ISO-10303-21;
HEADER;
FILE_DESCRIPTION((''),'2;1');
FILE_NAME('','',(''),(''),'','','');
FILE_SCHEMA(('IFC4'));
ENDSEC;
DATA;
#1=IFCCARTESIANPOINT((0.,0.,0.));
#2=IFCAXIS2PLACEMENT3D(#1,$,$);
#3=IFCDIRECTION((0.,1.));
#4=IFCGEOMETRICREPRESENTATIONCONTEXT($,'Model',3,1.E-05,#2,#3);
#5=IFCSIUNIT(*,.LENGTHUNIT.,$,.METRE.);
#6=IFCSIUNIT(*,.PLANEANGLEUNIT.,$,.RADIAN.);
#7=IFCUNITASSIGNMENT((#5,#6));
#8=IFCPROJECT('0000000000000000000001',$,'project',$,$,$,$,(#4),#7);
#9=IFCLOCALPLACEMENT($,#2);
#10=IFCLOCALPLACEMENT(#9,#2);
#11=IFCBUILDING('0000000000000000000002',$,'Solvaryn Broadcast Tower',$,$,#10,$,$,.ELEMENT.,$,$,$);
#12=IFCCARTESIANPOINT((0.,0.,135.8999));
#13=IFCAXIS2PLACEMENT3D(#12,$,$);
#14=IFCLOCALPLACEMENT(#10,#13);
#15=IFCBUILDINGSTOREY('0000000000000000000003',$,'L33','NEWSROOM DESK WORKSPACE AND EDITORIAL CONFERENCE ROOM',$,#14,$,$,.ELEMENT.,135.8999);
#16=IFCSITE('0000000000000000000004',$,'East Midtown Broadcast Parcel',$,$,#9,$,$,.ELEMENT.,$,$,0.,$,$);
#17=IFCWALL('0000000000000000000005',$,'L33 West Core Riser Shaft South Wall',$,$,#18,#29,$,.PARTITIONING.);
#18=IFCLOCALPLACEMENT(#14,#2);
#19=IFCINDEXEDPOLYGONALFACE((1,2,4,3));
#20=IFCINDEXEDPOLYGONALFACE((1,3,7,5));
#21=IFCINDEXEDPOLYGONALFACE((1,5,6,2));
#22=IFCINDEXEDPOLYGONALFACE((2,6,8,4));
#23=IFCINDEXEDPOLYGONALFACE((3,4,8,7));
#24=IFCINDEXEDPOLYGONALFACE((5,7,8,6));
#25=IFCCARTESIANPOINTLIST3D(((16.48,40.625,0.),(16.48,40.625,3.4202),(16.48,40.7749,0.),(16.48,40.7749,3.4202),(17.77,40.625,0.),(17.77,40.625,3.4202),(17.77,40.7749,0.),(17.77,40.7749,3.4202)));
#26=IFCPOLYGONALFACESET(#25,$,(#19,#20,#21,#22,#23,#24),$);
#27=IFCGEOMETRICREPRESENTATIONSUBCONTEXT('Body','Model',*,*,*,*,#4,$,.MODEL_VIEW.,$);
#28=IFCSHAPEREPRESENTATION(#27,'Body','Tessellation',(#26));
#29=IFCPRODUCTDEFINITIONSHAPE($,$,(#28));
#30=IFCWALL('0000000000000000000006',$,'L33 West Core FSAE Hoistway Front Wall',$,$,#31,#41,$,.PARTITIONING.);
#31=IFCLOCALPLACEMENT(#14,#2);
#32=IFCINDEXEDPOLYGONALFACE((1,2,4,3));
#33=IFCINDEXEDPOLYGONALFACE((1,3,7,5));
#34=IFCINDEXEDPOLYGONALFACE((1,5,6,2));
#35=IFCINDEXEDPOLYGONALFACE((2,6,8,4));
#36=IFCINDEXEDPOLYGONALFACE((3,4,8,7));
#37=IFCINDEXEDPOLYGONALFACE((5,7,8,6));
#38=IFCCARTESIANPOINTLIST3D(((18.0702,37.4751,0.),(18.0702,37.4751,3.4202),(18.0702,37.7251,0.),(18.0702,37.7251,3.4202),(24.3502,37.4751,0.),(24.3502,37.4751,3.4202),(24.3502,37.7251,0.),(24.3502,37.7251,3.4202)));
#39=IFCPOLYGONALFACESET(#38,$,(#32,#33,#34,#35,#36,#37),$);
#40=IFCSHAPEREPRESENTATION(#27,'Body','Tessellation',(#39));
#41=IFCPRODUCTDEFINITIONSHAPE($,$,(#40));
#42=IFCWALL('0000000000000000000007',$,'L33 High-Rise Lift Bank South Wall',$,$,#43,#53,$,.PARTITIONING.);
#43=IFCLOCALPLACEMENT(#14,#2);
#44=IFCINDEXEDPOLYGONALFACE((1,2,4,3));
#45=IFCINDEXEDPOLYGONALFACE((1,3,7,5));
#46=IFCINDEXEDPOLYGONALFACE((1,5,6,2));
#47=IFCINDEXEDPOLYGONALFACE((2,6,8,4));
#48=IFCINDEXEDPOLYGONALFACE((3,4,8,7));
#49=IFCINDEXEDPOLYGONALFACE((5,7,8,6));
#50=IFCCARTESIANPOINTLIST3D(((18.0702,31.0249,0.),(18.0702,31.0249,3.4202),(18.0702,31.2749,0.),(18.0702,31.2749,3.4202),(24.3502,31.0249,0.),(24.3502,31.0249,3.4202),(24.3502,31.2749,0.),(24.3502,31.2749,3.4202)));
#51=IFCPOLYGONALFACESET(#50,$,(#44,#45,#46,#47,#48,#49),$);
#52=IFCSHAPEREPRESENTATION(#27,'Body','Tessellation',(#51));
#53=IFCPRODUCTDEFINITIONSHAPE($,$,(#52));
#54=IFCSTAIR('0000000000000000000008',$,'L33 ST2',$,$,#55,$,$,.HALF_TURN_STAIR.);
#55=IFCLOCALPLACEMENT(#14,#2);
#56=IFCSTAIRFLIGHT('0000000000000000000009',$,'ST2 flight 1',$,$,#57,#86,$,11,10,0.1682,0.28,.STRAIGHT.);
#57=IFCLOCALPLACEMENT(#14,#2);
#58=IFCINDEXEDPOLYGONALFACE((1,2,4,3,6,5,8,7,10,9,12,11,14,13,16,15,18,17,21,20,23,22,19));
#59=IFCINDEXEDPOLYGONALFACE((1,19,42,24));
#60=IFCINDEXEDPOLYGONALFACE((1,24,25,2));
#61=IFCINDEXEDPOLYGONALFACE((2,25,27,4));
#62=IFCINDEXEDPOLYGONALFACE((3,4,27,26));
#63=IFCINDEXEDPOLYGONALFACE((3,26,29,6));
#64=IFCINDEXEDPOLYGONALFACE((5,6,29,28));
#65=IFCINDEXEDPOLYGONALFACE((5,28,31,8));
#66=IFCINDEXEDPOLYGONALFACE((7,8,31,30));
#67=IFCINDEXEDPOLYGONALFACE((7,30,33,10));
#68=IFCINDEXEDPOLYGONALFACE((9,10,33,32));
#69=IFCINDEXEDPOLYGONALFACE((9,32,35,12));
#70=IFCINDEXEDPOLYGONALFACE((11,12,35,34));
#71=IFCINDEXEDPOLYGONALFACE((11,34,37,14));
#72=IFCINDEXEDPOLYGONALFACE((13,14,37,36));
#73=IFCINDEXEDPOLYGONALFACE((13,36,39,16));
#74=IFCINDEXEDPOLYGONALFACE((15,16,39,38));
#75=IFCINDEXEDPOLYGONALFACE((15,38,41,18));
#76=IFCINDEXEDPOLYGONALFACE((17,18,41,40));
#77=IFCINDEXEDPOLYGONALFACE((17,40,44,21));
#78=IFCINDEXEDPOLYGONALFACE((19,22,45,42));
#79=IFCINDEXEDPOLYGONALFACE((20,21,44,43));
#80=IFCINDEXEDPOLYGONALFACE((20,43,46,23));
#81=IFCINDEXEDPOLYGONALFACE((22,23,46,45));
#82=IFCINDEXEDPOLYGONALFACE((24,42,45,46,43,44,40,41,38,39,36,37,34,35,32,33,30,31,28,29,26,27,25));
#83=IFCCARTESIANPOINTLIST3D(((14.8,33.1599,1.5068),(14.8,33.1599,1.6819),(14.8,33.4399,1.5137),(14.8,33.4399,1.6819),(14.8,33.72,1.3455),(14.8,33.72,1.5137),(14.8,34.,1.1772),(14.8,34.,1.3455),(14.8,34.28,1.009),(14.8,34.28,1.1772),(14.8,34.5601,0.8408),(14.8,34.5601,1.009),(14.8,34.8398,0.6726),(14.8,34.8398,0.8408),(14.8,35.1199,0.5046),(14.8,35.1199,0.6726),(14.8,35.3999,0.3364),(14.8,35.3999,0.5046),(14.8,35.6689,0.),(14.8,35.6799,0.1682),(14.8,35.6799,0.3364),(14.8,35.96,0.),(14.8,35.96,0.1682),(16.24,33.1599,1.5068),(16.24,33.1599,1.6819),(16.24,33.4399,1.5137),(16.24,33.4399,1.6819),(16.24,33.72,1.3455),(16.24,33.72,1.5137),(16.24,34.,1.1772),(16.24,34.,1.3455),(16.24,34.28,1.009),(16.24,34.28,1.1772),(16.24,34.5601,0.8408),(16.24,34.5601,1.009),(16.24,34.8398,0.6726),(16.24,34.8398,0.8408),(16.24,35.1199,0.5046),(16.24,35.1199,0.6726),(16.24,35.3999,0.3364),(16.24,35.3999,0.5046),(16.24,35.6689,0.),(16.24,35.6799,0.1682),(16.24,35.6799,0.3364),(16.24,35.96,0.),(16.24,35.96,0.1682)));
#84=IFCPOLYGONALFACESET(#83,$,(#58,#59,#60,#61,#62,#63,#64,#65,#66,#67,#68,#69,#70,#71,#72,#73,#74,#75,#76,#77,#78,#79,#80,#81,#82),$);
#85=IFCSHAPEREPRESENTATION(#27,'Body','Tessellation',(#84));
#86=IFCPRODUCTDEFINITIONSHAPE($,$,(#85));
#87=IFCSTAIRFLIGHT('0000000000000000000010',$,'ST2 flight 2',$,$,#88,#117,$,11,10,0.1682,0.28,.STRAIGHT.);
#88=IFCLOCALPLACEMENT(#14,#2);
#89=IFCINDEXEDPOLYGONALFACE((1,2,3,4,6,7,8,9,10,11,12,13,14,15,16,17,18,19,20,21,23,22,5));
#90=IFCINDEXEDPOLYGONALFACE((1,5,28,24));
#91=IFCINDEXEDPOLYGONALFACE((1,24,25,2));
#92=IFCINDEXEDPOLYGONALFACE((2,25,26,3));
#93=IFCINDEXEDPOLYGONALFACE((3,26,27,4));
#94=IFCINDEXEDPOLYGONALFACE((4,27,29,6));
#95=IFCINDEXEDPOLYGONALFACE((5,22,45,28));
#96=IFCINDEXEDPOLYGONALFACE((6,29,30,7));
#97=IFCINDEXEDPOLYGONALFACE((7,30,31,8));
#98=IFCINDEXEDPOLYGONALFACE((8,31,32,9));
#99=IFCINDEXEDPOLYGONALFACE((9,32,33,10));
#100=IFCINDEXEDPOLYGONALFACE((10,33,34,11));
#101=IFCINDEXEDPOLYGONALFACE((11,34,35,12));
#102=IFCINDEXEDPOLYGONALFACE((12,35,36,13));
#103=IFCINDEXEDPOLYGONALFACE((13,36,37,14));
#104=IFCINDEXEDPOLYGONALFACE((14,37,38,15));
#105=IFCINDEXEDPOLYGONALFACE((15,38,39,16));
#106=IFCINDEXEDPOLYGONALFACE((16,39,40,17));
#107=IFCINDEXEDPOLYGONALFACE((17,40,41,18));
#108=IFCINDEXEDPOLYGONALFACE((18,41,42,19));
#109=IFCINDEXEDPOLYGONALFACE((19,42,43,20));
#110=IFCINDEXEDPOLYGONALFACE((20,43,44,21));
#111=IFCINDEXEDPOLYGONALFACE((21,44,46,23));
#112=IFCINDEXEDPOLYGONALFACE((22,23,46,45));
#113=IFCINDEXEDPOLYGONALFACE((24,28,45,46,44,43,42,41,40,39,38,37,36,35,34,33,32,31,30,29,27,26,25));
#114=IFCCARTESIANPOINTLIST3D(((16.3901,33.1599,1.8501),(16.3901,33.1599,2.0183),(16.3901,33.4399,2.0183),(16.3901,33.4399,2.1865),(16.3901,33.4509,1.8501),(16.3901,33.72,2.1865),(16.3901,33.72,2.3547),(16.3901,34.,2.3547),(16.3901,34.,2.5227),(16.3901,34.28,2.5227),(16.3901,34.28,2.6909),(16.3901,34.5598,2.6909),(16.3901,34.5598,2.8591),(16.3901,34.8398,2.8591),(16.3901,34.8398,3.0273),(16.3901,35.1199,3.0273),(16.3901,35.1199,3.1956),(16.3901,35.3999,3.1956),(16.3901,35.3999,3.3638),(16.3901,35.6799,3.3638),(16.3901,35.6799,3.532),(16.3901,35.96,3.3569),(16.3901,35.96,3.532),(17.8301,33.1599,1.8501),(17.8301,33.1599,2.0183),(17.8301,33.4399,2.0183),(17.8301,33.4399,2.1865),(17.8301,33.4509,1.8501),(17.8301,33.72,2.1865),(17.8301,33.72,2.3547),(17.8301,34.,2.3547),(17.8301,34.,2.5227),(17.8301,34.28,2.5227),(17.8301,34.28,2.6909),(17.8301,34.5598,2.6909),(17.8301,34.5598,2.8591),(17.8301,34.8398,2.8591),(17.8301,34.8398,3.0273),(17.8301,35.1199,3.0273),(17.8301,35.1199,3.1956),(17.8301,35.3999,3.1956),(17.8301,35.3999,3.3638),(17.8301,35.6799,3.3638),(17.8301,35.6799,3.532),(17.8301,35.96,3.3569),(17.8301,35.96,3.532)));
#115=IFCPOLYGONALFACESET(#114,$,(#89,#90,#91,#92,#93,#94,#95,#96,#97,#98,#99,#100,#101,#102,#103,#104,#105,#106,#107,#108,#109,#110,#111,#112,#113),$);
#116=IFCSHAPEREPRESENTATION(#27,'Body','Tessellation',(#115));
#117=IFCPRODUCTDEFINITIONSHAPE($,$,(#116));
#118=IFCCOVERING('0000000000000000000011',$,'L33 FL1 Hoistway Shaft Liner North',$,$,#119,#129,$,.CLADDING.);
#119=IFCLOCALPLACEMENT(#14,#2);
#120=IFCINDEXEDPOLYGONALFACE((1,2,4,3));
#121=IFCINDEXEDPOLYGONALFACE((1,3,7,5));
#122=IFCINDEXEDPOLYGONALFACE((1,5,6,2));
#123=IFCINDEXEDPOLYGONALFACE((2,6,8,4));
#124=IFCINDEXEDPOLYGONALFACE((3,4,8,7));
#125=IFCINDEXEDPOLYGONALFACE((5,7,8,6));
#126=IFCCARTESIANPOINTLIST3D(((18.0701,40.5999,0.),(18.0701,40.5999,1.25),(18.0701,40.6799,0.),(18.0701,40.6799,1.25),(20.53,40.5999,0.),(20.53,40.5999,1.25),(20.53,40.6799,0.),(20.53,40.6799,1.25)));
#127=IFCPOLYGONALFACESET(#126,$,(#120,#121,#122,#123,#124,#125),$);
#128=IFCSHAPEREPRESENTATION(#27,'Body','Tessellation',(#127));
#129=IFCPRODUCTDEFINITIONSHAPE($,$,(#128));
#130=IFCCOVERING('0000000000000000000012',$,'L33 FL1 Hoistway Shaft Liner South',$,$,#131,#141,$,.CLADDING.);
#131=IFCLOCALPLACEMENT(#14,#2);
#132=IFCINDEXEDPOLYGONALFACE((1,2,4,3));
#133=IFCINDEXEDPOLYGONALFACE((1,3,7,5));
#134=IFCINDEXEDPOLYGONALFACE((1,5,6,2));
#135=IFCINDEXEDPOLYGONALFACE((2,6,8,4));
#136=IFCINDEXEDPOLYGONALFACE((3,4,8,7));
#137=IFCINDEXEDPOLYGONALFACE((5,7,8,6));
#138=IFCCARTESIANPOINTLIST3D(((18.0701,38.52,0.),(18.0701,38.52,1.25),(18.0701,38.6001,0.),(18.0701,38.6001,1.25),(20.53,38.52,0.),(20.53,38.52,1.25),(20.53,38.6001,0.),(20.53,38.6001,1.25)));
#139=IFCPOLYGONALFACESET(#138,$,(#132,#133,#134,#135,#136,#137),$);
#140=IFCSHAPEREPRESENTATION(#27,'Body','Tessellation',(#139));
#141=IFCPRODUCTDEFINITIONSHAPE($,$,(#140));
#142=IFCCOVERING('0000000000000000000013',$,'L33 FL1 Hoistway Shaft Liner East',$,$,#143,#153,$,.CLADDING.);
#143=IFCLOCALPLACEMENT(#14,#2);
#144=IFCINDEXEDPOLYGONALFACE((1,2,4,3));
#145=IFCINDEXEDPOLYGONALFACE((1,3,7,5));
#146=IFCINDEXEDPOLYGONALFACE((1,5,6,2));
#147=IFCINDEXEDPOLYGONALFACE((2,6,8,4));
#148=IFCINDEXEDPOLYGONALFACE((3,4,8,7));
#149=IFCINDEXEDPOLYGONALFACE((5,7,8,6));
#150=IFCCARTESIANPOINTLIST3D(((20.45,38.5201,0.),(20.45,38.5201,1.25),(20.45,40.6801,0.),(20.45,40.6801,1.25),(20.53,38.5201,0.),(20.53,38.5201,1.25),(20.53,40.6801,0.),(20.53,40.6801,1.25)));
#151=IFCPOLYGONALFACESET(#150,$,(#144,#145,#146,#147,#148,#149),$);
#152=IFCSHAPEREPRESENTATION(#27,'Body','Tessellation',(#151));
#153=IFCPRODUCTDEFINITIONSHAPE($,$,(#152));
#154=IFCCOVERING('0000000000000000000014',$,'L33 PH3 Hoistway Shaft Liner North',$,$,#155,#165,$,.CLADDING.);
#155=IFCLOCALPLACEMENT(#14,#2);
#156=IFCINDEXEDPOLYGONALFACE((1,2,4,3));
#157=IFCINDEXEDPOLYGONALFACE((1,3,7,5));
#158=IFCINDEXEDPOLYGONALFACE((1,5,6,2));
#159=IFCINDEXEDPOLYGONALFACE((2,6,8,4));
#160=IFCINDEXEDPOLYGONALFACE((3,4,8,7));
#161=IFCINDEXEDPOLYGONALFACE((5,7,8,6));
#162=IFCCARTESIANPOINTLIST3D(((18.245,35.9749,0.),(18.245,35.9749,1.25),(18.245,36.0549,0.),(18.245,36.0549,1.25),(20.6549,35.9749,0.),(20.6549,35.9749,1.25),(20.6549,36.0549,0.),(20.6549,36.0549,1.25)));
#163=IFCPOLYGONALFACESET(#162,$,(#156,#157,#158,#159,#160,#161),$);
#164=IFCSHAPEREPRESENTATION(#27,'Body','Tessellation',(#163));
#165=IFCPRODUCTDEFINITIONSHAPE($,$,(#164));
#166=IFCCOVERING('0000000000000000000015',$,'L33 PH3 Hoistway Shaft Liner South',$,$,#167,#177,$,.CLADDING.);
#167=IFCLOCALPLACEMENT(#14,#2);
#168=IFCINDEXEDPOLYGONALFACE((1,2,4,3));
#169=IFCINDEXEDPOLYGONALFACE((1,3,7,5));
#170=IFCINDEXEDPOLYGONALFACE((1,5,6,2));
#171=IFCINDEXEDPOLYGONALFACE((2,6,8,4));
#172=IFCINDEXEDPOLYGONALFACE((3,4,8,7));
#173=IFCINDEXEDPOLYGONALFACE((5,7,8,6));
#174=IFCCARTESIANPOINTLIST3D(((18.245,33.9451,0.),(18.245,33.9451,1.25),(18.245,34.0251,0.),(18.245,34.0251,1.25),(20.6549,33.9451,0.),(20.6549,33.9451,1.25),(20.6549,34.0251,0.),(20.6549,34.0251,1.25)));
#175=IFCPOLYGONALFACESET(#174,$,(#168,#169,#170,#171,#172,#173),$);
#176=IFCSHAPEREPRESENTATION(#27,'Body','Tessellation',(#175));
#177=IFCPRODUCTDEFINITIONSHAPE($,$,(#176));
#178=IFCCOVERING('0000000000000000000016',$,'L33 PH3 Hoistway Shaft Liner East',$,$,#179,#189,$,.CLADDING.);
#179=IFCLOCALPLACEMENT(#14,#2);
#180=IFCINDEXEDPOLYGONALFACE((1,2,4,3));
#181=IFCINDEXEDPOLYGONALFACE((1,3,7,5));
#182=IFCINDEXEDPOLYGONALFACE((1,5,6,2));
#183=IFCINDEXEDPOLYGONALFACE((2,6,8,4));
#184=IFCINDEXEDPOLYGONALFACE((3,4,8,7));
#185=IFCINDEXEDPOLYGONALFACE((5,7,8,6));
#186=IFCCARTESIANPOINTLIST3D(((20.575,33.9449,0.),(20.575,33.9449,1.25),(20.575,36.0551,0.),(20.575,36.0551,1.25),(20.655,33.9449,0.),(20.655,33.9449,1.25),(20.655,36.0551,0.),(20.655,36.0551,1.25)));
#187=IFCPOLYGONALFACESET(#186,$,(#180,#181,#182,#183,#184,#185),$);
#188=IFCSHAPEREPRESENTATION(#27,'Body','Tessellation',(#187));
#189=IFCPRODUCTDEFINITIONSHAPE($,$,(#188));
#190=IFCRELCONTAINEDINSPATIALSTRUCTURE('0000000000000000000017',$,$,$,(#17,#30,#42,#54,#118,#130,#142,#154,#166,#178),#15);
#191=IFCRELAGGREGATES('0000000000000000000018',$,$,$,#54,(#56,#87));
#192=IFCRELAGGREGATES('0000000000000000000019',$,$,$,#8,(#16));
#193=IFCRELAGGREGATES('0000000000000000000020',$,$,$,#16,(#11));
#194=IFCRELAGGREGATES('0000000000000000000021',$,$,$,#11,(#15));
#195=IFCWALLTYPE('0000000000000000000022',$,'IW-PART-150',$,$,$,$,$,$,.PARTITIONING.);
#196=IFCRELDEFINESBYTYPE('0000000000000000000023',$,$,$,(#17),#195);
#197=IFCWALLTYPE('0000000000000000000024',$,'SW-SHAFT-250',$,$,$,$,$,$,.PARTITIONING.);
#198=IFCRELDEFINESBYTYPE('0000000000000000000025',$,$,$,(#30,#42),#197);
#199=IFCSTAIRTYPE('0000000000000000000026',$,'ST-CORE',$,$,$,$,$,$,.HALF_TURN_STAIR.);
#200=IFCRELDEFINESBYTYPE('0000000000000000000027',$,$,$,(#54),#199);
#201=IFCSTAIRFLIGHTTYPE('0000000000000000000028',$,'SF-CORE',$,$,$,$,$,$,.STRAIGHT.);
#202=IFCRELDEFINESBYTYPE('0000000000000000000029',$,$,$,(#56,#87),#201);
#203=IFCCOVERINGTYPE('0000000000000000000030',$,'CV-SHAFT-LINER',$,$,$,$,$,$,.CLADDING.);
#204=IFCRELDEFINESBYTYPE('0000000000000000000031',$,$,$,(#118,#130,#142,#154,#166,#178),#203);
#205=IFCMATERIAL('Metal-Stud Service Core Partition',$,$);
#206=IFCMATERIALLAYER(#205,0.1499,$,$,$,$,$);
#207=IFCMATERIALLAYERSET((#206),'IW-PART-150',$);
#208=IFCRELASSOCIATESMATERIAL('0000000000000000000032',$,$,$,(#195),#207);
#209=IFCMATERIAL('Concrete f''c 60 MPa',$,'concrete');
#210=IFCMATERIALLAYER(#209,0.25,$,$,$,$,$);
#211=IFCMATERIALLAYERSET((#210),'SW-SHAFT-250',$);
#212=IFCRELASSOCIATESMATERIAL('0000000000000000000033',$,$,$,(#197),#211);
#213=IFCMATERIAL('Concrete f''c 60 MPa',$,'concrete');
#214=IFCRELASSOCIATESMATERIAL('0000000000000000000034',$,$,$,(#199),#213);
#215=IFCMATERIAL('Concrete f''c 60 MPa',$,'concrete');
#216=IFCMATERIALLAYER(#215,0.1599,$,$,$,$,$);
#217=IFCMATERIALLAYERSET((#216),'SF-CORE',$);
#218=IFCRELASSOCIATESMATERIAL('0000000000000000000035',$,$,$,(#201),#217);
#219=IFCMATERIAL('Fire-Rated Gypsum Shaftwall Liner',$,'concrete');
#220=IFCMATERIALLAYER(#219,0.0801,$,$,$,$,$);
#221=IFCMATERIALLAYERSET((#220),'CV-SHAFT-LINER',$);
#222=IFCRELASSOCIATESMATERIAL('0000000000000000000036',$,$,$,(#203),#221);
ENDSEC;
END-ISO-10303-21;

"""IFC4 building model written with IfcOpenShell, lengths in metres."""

from ifc_helpers import new_model, si_unit, direction, frame, frame_2d, origin, origin_2d, place, context, subcontext, project, spatial, polyline, rectangle, outline, extrude, material, layer, layer_set, type_object, element, aggregate, save


model = new_model("IFC4")

# Units and contexts
model_context = context("Model", 3, precision=1e-05, world=origin(), true_north=direction((0.0, 1.0)))
body_context = subcontext(model_context, "Body", "Model", "MODEL_VIEW")
ifc_project = project(units=[si_unit("LENGTHUNIT", "METRE"), si_unit("PLANEANGLEUNIT", "RADIAN")], contexts=[model_context])

# Site, building, storey
site_placement = place(None, origin())
site = spatial("IfcSite", under=ifc_project, at=site_placement, Name="East Midtown Broadcast Parcel", CompositionType="ELEMENT", RefElevation=0.0)
building_placement = place(site_placement, origin())
building = spatial("IfcBuilding", under=site, at=building_placement, Name="Solvaryn Broadcast Tower", CompositionType="ELEMENT")
storey_placement = place(building_placement, frame((0.0, 0.0, 135.8999)))
storey = spatial("IfcBuildingStorey", under=building, at=storey_placement, Name="L33", Description="NEWSROOM DESK WORKSPACE AND EDITORIAL CONFERENCE ROOM", CompositionType="ELEMENT", Elevation=135.8999)

# Walls
ifc_material_1 = material(Name="Metal-Stud Service Core Partition")
ifc_layer_1 = layer(ifc_material_1, 0.1499)
ifc_layer_set_1 = layer_set([ifc_layer_1], Name="IW-PART-150")
wall_type_1 = type_object("IfcWallType", Name="IW-PART-150", PredefinedType="PARTITIONING", material=ifc_layer_set_1)
wall_1_placement = place(storey_placement, frame((16.48, 40.7, 0.0), z_axis=(0.0, 0.0, 1.0), x_axis=(1.0, 0.0, 0.0)))
element("IfcWall", 1, at=wall_1_placement, inside=storey, type_object=wall_type_1, Name="L33 West Core Riser Shaft South Wall", PredefinedType="PARTITIONING", context=body_context, shape_type="SweptSolid", body=[
    extrude(rectangle(XDim=1.29, YDim=0.1499, at=frame_2d((0.645, 0.0))), origin(), (0.0, 0.0, 1.0), 3.4202),
])
ifc_material_2 = material(Name="Concrete f'c 60 MPa", Category="concrete")
ifc_layer_2 = layer(ifc_material_2, 0.25)
ifc_layer_set_2 = layer_set([ifc_layer_2], Name="SW-SHAFT-250")
wall_type_2 = type_object("IfcWallType", Name="SW-SHAFT-250", PredefinedType="PARTITIONING", material=ifc_layer_set_2)
for number, where, z_axis, x_axis, name in (
    (2, (18.0701, 37.6001, 0.0), (0.0, 0.0, 1.0), (1.0, 0.0, 0.0), "L33 West Core FSAE Hoistway Front Wall"),
    (3, (18.0701, 31.1499, 0.0), (0.0, 0.0, 1.0), (1.0, 0.0, 0.0), "L33 High-Rise Lift Bank South Wall"),
):
    element("IfcWall", number, at=place(storey_placement, frame(where, z_axis=z_axis, x_axis=x_axis)), inside=storey, type_object=wall_type_2, Name=name, PredefinedType="PARTITIONING", context=body_context, shape_type="SweptSolid", body=[
        extrude(rectangle(XDim=6.28, YDim=0.25, at=frame_2d((3.1401, 0.0))), origin(), (0.0, 0.0, 1.0), 3.4202),
    ])

# Stair, stair flights
ifc_material_3 = material(Name="Concrete f'c 60 MPa", Category="concrete")
stair_type = type_object("IfcStairType", Name="ST-CORE", PredefinedType="HALF_TURN_STAIR", material=ifc_material_3)
stair_placement = place(storey_placement, origin())
stair = element("IfcStair", 4, at=stair_placement, inside=storey, type_object=stair_type, Name="L33 ST2", PredefinedType="HALF_TURN_STAIR")
ifc_material_4 = material(Name="Concrete f'c 60 MPa", Category="concrete")
ifc_layer_3 = layer(ifc_material_4, 0.1599)
ifc_layer_set_3 = layer_set([ifc_layer_3], Name="SF-CORE")
stair_flight_type = type_object("IfcStairFlightType", Name="SF-CORE", PredefinedType="STRAIGHT", material=ifc_layer_set_3)
stair_flight_1_placement = place(storey_placement, frame((15.52, 35.96, 0.0), z_axis=(0.0, 0.0, 1.0), x_axis=(0.0, -1.0, 0.0)))
stair_flight_1 = element("IfcStairFlight", 5, at=stair_flight_1_placement, type_object=stair_flight_type, Name="ST2 flight 1", NumberOfRisers=11, NumberOfTreads=10, PredefinedType="STRAIGHT", RiserHeight=0.1682, TreadLength=0.28, context=body_context, shape_type="SweptSolid", body=[
    extrude(outline(polyline([(0.0, 0.0), (0.0, 0.1682), (0.28, 0.1682), (0.28, 0.3364), (0.5601, 0.3364), (0.5601, 0.5046), (0.8401, 0.5046), (0.8401, 0.6726), (1.1201, 0.6726), (1.1201, 0.8408), (1.3999, 0.8408), (1.3999, 1.009), (1.6799, 1.009), (1.6799, 1.1772), (1.96, 1.1772), (1.96, 1.3455), (2.24, 1.3455), (2.24, 1.5137), (2.52, 1.5137), (2.52, 1.6819), (2.8, 1.6819), (2.8, 1.8501), (2.8, 1.5068), (0.291, 0.0), (0.0, 0.0)])), frame((0.0, 0.72, 0.0), z_axis=(0.0, -1.0, 0.0), x_axis=(1.0, 0.0, 0.0)), (0.0, 0.0, 1.0), 1.4399),
])
stair_flight_2_placement = place(storey_placement, frame((17.1101, 33.1599, 1.8501), z_axis=(0.0, 0.0, 1.0), x_axis=(0.0, 1.0, 0.0)))
stair_flight_2 = element("IfcStairFlight", 6, at=stair_flight_2_placement, type_object=stair_flight_type, Name="ST2 flight 2", NumberOfRisers=11, NumberOfTreads=10, PredefinedType="STRAIGHT", RiserHeight=0.1682, TreadLength=0.28, context=body_context, shape_type="SweptSolid", body=[
    extrude(outline(polyline([(0.0, 0.0), (0.0, 0.1682), (0.28, 0.1682), (0.28, 0.3364), (0.5601, 0.3364), (0.5601, 0.5046), (0.8401, 0.5046), (0.8401, 0.6726), (1.1201, 0.6726), (1.1201, 0.8408), (1.3999, 0.8408), (1.3999, 1.009), (1.6799, 1.009), (1.6799, 1.1772), (1.96, 1.1772), (1.96, 1.3455), (2.24, 1.3455), (2.24, 1.5137), (2.52, 1.5137), (2.52, 1.6819), (2.8, 1.6819), (2.8, 1.8501), (2.8, 1.5068), (0.291, 0.0), (0.0, 0.0)])), frame((0.0, 0.72, 0.0), z_axis=(0.0, -1.0, 0.0), x_axis=(1.0, 0.0, 0.0)), (0.0, 0.0, 1.0), 1.4399),
])
aggregate(stair, [stair_flight_1, stair_flight_2])

# Coverings
ifc_material_5 = material(Name="Fire-Rated Gypsum Shaftwall Liner", Category="concrete")
ifc_layer_4 = layer(ifc_material_5, 0.0801)
ifc_layer_set_4 = layer_set([ifc_layer_4], Name="CV-SHAFT-LINER")
covering_type = type_object("IfcCoveringType", Name="CV-SHAFT-LINER", PredefinedType="CLADDING", material=ifc_layer_set_4)
for number, where, z_axis, x_axis, name in (
    (7, (19.3, 40.6399, 0.0), (0.0, 0.0, 1.0), (1.0, 0.0, 0.0), "L33 FL1 Hoistway Shaft Liner North"),
    (8, (19.3, 38.5601, 0.0), (0.0, 0.0, 1.0), (1.0, 0.0, 0.0), "L33 FL1 Hoistway Shaft Liner South"),
):
    element("IfcCovering", number, at=place(storey_placement, frame(where, z_axis=z_axis, x_axis=x_axis)), inside=storey, type_object=covering_type, Name=name, PredefinedType="CLADDING", context=body_context, shape_type="SweptSolid", body=[
        extrude(rectangle(XDim=2.46, YDim=0.0801, at=origin_2d()), origin(), (0.0, 0.0, 1.0), 1.25),
    ])
covering_1_placement = place(storey_placement, frame((20.49, 39.6001, 0.0), z_axis=(0.0, 0.0, 1.0), x_axis=(1.0, 0.0, 0.0)))
element("IfcCovering", 9, at=covering_1_placement, inside=storey, type_object=covering_type, Name="L33 FL1 Hoistway Shaft Liner East", PredefinedType="CLADDING", context=body_context, shape_type="SweptSolid", body=[
    extrude(rectangle(XDim=0.0801, YDim=2.1599, at=origin_2d()), origin(), (0.0, 0.0, 1.0), 1.25),
])
for number, where, z_axis, x_axis, name in (
    (10, (19.45, 36.0149, 0.0), (0.0, 0.0, 1.0), (1.0, 0.0, 0.0), "L33 PH3 Hoistway Shaft Liner North"),
    (11, (19.45, 33.9851, 0.0), (0.0, 0.0, 1.0), (1.0, 0.0, 0.0), "L33 PH3 Hoistway Shaft Liner South"),
):
    element("IfcCovering", number, at=place(storey_placement, frame(where, z_axis=z_axis, x_axis=x_axis)), inside=storey, type_object=covering_type, Name=name, PredefinedType="CLADDING", context=body_context, shape_type="SweptSolid", body=[
        extrude(rectangle(XDim=2.4099, YDim=0.0801, at=origin_2d()), origin(), (0.0, 0.0, 1.0), 1.25),
    ])
for number, where, z_axis, x_axis, name in (
    (12, (20.615, 35.0, 0.0), (0.0, 0.0, 1.0), (1.0, 0.0, 0.0), "L33 PH3 Hoistway Shaft Liner East"),
):
    element("IfcCovering", number, at=place(storey_placement, frame(where, z_axis=z_axis, x_axis=x_axis)), inside=storey, type_object=covering_type, Name=name, PredefinedType="CLADDING", context=body_context, shape_type="SweptSolid", body=[
        extrude(rectangle(XDim=0.0801, YDim=2.1101, at=origin_2d()), origin(), (0.0, 0.0, 1.0), 1.25),
    ])

save(model, "model.ifc")
